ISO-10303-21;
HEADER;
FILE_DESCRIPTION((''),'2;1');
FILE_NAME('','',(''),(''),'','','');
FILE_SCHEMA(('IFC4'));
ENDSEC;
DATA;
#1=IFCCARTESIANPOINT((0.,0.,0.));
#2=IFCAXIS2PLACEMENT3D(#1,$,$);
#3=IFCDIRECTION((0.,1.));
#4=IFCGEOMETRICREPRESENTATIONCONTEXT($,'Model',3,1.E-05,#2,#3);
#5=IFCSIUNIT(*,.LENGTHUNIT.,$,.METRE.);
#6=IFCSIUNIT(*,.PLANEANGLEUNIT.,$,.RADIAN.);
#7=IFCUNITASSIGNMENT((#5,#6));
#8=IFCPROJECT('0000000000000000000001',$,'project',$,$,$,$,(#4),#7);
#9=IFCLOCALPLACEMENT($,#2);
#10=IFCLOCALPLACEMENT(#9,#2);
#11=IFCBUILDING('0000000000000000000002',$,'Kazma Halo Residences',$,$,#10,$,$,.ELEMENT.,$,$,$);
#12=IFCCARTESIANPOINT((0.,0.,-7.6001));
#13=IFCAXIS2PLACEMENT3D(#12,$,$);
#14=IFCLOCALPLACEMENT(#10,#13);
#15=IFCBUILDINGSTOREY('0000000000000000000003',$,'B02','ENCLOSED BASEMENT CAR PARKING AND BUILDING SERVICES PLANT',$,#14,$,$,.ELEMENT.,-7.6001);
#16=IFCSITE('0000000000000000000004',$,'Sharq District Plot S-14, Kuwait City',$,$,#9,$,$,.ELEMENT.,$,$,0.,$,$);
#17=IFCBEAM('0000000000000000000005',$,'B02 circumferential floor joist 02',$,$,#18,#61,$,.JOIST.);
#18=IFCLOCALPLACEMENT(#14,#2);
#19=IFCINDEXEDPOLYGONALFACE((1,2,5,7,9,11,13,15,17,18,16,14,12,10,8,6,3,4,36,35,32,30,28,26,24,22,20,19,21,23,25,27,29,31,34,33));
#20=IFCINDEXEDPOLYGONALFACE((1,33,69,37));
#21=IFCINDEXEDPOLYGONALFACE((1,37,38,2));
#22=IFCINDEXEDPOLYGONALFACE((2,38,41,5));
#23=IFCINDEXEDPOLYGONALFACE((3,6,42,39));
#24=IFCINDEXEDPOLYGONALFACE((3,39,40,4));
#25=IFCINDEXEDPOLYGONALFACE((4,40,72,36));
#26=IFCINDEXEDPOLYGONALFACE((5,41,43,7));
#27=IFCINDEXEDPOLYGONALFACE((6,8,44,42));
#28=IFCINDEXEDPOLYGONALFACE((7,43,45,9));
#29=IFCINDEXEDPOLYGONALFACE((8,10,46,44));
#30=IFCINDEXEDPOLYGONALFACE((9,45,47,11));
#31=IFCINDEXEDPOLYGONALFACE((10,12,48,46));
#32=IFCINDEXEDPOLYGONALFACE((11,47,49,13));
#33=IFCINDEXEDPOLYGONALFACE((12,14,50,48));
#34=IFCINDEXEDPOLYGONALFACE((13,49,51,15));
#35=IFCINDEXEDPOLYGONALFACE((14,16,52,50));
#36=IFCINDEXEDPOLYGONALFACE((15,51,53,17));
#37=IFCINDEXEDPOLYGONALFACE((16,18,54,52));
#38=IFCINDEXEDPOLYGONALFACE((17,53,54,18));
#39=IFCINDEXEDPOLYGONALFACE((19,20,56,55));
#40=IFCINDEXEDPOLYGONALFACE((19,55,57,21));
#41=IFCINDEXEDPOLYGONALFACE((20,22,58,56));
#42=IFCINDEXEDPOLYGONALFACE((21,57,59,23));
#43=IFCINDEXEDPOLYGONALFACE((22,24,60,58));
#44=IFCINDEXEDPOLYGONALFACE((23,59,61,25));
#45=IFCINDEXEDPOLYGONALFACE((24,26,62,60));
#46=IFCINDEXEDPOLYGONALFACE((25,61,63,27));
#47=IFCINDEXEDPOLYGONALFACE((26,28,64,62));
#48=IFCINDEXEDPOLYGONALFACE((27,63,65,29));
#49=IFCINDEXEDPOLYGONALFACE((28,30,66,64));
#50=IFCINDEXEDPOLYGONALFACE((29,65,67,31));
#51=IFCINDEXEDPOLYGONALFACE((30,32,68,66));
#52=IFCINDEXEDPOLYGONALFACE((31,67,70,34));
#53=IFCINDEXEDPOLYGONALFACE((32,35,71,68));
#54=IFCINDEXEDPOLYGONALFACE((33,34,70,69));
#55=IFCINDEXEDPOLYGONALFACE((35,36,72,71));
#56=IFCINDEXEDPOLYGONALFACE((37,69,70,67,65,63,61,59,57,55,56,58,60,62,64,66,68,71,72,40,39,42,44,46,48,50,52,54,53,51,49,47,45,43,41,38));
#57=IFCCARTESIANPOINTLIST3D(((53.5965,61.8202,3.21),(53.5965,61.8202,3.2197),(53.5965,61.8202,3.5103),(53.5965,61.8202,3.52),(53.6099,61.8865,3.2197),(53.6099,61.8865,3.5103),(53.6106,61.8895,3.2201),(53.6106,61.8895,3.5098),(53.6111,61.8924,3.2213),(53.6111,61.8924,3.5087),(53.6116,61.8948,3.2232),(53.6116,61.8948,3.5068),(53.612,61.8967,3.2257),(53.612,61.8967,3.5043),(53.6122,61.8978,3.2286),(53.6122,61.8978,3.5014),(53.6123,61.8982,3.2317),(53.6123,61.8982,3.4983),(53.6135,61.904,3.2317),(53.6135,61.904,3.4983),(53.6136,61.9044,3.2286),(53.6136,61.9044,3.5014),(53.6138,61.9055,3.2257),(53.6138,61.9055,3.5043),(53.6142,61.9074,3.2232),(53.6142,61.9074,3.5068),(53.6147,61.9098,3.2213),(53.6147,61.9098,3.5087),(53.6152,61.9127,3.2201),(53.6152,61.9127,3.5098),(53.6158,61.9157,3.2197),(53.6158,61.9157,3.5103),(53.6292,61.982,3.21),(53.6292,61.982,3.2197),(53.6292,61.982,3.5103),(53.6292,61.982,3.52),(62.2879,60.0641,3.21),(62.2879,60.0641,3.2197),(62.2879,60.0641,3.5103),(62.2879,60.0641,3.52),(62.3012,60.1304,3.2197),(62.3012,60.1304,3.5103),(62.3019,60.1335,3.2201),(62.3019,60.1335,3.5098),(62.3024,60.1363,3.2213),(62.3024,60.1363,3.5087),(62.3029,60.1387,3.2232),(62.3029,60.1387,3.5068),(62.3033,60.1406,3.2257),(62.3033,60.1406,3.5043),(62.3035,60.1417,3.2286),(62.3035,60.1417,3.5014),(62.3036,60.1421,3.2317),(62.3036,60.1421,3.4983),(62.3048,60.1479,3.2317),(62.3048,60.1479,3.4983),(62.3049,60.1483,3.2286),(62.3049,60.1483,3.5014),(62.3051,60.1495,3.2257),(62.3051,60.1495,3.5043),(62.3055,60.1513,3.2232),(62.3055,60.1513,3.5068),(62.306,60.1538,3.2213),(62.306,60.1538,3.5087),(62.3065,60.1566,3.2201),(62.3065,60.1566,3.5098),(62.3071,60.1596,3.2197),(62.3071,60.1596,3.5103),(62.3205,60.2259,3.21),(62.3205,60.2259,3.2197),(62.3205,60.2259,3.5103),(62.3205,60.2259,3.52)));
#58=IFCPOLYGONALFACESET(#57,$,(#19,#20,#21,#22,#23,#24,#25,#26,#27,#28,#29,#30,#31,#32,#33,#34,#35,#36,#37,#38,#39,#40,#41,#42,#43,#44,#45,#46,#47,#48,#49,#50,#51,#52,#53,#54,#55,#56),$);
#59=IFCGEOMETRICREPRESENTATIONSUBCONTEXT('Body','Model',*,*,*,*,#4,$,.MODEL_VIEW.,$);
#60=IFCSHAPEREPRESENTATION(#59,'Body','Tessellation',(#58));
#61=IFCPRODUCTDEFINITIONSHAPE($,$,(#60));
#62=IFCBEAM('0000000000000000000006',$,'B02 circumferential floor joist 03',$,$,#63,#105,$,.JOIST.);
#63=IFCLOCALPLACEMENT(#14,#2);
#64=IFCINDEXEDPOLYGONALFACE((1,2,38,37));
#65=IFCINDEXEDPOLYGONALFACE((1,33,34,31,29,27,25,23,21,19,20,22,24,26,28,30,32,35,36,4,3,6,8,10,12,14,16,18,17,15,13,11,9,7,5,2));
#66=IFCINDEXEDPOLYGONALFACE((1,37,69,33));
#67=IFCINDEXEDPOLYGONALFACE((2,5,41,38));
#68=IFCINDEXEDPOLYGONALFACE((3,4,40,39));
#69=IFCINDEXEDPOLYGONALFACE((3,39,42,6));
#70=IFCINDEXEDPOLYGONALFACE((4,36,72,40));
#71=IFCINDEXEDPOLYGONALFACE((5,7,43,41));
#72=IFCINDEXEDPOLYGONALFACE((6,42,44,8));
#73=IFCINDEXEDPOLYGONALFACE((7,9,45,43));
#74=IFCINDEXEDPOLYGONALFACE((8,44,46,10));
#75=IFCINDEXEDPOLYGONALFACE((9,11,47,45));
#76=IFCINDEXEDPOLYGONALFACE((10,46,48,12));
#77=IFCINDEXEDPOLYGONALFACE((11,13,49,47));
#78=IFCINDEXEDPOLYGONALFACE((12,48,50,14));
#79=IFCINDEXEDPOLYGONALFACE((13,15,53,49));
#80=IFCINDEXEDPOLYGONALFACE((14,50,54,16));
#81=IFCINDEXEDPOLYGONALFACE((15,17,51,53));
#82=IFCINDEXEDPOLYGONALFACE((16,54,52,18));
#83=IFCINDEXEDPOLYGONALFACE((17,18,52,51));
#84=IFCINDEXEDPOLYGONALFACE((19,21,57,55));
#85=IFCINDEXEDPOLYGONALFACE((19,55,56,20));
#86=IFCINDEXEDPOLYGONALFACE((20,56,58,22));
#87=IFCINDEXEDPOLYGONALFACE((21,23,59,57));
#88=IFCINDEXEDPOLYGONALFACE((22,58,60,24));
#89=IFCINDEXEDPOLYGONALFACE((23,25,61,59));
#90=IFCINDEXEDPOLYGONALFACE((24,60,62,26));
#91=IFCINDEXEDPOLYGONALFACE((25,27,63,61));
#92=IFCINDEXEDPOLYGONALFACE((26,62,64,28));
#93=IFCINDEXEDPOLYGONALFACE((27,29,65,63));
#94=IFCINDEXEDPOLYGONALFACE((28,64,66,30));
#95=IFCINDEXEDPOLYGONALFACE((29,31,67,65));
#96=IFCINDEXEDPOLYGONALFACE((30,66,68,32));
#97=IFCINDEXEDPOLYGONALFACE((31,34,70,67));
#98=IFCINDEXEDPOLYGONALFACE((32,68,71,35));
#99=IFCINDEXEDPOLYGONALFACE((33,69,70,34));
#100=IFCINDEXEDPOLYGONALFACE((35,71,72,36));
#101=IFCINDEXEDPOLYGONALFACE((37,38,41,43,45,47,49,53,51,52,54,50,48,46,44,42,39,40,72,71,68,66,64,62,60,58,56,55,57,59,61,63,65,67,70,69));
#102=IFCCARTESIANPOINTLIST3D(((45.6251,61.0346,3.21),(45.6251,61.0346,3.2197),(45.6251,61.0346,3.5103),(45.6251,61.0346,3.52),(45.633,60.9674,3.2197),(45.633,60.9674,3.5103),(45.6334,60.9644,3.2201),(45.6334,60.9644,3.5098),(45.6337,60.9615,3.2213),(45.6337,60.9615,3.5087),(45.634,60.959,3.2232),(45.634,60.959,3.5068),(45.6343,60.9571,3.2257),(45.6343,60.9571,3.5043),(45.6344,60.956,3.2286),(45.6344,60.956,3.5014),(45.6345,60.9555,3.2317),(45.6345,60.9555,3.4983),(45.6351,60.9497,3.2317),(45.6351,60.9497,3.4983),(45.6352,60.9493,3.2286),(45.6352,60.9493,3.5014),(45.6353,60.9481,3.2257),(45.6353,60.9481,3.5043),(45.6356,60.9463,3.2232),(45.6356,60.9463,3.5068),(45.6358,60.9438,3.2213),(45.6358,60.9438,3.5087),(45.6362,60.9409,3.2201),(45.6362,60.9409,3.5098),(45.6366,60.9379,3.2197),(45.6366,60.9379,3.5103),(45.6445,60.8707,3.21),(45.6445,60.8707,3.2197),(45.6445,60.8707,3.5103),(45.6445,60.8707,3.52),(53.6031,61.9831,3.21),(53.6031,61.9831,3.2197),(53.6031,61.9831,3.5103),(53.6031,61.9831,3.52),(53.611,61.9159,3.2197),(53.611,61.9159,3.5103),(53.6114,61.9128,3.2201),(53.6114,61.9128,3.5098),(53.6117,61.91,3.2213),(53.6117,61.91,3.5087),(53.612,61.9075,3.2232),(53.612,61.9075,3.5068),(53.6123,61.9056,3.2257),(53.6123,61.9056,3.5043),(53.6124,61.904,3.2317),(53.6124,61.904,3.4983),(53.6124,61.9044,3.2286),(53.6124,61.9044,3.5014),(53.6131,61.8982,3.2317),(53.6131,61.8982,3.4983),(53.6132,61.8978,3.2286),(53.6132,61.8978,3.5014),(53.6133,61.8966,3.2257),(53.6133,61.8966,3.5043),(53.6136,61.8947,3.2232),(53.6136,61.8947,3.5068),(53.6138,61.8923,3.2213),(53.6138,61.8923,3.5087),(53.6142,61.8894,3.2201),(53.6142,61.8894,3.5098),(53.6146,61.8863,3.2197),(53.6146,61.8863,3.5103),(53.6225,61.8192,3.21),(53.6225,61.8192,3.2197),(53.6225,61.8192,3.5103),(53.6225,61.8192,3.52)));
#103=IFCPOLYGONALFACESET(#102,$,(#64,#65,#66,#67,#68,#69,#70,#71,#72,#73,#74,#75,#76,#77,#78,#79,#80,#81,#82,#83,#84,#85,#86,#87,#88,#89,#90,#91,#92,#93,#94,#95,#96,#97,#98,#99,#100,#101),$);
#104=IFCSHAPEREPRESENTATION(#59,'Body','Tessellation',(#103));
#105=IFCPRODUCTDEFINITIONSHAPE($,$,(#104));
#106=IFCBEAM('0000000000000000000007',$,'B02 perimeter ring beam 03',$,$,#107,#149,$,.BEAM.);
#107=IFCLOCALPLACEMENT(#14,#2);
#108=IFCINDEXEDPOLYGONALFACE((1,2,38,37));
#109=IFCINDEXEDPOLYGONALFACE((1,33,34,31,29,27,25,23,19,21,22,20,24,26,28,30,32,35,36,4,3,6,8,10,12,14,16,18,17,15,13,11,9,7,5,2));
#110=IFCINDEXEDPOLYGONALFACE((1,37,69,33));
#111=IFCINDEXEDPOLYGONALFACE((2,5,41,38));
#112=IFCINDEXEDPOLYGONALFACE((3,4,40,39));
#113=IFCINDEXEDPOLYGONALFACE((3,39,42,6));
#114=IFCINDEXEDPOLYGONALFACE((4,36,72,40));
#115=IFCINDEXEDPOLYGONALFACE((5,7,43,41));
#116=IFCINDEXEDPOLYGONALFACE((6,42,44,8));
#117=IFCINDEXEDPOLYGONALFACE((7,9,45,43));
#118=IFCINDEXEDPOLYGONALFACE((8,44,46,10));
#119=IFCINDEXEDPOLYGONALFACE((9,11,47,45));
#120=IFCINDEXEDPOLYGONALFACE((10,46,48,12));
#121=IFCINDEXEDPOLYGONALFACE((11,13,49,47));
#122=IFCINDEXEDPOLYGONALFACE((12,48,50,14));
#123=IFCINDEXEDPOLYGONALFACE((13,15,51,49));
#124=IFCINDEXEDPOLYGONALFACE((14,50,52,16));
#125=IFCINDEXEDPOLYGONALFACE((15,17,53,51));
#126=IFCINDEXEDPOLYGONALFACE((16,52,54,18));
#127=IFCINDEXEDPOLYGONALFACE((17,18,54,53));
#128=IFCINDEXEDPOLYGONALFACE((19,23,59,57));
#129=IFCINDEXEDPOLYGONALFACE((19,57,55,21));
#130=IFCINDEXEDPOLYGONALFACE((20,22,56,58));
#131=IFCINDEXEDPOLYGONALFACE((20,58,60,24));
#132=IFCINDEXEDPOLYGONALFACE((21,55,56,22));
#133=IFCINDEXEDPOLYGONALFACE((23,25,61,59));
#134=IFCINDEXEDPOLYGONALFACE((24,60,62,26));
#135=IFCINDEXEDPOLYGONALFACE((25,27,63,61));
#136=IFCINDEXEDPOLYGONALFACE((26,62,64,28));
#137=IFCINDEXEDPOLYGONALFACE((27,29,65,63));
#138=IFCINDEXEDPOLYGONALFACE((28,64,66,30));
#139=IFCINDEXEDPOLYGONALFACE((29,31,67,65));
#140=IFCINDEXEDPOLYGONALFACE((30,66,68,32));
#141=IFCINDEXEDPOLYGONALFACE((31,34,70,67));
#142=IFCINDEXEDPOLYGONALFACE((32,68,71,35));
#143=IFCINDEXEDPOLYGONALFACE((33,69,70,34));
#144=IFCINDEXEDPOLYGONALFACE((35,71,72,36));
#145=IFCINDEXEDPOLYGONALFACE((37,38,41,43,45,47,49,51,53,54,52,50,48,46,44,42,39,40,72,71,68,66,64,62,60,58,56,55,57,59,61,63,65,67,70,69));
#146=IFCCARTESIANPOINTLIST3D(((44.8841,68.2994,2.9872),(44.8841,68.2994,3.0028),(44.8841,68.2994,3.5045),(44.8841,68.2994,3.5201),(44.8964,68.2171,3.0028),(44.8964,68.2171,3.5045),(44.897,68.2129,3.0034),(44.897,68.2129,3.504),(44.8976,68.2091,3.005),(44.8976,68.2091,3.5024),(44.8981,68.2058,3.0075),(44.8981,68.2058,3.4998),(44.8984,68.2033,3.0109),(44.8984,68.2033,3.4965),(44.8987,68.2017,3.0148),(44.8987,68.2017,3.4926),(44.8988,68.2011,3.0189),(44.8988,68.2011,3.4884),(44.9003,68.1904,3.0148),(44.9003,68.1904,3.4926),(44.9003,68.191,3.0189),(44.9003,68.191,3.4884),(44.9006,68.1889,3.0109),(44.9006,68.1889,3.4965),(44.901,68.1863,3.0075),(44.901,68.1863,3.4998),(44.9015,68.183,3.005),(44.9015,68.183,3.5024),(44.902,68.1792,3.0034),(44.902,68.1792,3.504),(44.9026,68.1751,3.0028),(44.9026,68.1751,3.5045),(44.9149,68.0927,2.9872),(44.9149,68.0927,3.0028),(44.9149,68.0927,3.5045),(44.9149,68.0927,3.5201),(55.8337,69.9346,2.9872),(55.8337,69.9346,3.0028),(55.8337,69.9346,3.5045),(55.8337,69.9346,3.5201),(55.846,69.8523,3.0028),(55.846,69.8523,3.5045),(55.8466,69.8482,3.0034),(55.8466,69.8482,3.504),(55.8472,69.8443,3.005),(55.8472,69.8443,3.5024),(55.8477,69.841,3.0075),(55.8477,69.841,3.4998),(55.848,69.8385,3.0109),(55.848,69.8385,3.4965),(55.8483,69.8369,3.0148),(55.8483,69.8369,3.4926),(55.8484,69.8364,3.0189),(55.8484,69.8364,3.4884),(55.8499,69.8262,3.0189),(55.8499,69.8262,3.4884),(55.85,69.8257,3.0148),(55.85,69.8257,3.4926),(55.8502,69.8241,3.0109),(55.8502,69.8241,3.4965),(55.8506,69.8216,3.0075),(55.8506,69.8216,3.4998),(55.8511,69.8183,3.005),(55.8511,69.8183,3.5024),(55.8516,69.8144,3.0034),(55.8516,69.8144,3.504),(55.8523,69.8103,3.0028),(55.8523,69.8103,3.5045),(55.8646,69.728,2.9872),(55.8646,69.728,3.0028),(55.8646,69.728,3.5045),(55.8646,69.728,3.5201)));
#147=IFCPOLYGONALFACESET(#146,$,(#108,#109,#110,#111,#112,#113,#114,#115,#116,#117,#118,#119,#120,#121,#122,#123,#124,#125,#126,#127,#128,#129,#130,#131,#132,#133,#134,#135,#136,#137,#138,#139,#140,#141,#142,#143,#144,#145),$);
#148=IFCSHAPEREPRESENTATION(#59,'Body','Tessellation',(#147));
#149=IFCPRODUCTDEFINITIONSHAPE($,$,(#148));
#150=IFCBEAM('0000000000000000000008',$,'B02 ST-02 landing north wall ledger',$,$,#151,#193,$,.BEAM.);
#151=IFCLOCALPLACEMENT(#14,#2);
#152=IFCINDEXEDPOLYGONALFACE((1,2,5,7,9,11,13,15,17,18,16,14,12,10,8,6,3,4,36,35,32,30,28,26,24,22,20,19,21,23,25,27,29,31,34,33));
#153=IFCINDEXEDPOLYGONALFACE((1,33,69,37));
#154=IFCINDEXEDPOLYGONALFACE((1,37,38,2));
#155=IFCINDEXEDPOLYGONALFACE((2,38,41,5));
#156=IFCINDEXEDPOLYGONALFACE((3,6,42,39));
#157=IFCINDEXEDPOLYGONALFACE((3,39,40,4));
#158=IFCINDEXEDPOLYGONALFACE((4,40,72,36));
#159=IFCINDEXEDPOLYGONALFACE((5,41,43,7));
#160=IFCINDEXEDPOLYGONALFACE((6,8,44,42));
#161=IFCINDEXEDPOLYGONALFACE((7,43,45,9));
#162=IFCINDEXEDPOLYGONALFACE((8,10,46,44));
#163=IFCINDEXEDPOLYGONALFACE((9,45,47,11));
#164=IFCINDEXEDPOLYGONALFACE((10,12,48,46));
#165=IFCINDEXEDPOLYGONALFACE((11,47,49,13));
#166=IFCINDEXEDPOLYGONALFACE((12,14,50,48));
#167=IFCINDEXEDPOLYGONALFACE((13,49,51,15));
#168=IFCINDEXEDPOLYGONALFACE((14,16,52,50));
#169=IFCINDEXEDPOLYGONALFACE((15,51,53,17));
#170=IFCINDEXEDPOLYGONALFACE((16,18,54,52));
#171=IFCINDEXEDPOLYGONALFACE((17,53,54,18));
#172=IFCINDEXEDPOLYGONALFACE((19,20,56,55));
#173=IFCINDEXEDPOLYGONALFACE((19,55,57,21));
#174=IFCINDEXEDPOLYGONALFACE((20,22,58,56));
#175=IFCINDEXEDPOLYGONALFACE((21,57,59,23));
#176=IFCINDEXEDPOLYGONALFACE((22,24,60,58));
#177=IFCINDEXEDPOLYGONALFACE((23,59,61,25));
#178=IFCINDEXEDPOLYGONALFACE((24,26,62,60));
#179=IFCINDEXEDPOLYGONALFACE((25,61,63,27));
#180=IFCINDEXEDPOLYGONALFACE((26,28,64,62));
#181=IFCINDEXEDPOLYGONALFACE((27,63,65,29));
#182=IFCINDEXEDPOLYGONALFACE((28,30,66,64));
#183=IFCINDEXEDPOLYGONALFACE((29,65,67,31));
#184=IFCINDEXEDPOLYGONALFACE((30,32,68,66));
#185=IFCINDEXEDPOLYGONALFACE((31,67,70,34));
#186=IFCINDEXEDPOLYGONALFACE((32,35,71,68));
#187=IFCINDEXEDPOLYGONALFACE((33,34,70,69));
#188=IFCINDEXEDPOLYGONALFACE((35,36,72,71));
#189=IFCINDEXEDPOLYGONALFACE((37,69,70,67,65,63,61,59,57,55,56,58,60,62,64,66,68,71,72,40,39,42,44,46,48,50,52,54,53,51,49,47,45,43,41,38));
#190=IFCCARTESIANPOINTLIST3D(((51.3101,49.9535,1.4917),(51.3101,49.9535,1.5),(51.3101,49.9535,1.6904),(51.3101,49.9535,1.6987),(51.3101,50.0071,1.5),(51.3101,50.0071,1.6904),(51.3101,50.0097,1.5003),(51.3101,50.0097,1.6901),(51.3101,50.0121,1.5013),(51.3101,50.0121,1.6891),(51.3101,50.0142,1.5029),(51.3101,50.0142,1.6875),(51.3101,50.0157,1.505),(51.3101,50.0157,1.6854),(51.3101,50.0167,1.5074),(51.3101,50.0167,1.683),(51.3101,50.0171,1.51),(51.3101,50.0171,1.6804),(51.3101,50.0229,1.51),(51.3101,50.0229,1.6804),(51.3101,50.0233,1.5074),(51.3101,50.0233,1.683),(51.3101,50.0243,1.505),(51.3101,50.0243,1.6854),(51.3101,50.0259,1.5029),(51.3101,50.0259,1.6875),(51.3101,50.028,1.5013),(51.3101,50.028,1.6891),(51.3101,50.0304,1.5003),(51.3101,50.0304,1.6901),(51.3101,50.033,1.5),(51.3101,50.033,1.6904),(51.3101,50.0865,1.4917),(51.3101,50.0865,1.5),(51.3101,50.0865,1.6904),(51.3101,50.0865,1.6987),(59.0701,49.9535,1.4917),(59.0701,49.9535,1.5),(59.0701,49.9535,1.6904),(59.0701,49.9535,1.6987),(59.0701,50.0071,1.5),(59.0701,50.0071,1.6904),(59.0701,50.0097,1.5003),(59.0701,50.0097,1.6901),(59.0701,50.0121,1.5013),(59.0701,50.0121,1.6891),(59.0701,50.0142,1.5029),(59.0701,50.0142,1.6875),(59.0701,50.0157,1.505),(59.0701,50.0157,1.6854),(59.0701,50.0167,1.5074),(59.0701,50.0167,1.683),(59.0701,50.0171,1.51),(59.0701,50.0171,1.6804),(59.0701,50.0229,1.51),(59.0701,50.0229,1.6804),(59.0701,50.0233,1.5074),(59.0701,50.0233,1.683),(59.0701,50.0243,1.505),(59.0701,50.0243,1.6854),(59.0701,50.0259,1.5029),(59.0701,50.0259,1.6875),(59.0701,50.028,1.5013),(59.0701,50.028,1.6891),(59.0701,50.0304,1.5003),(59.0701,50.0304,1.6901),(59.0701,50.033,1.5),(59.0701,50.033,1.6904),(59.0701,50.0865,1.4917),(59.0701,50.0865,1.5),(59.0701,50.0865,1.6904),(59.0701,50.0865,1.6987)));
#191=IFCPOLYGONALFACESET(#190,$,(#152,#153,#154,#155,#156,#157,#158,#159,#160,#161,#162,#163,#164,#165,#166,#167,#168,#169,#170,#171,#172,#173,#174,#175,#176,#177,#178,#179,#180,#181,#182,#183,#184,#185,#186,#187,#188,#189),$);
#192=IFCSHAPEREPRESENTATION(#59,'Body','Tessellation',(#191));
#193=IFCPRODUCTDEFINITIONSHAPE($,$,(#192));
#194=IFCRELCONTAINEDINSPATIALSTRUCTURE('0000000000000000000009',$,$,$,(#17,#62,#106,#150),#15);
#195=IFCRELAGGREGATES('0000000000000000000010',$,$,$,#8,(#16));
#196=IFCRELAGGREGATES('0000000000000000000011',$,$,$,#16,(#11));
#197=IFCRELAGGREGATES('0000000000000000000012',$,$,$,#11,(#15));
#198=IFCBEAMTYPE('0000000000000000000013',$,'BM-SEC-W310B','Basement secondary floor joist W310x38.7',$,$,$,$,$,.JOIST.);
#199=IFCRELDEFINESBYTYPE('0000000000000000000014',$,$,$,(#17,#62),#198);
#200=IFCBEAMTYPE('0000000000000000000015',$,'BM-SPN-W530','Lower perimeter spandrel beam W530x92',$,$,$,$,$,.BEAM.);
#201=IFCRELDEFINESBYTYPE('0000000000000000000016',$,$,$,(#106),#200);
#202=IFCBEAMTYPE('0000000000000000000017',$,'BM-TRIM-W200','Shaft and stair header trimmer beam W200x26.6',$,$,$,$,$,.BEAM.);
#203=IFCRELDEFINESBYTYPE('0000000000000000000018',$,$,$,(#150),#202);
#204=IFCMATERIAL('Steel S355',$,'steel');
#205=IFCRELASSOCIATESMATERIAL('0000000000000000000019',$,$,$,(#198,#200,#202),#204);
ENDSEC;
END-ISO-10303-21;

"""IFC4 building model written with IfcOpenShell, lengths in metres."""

from ifc_helpers import new_model, si_unit, direction, frame, origin, origin_2d, place, context, subcontext, project, spatial, i_section, extrude, material, material_profile, profile_set, type_object, element, save


model = new_model("IFC4")

# Units and contexts
model_context = context("Model", 3, precision=1e-05, world=origin(), true_north=direction((0.0, 1.0)))
body_context = subcontext(model_context, "Body", "Model", "MODEL_VIEW")
ifc_project = project(units=[si_unit("LENGTHUNIT", "METRE"), si_unit("PLANEANGLEUNIT", "RADIAN")], contexts=[model_context])

# Site, building, storey
site_placement = place(None, origin())
site = spatial("IfcSite", under=ifc_project, at=site_placement, Name="Sharq District Plot S-14, Kuwait City", CompositionType="ELEMENT", RefElevation=0.0)
building_placement = place(site_placement, origin())
building = spatial("IfcBuilding", under=site, at=building_placement, Name="Kazma Halo Residences", CompositionType="ELEMENT")
storey_placement = place(building_placement, frame((0.0, 0.0, -7.6001)))
storey = spatial("IfcBuildingStorey", under=building, at=storey_placement, Name="B02", Description="ENCLOSED BASEMENT CAR PARKING AND BUILDING SERVICES PLANT", CompositionType="ELEMENT", Elevation=-7.6001)

# Beams
ifc_material_1 = material(Name="Steel S355", Category="steel")
ifc_material_profile_1 = material_profile(ifc_material_1, i_section(OverallWidth=0.165, OverallDepth=0.3101, WebThickness=0.0059, FlangeThickness=0.0098, FilletRadius=0.012, at=origin_2d()), Name="W310x38.7")
ifc_profile_set_1 = profile_set([ifc_material_profile_1], Name="Steel S355")
beam_type_1 = type_object("IfcBeamType", Name="BM-SEC-W310B", Description="Basement secondary floor joist W310x38.7", PredefinedType="JOIST", material=ifc_profile_set_1)
beam_1_placement = place(storey_placement, frame((62.3042, 60.145, 3.365), z_axis=(-0.980192, 0.198048, 0.0), x_axis=(-0.198048, -0.980192, 0.0)))
element("IfcBeam", 1, at=beam_1_placement, inside=storey, type_object=beam_type_1, Name="B02 circumferential floor joist 02", PredefinedType="JOIST", context=body_context, shape_type="SweptSolid", body=[
    extrude(i_section(OverallWidth=0.165, OverallDepth=0.3101, WebThickness=0.0059, FlangeThickness=0.0098, FilletRadius=0.012, at=origin_2d()), origin(), (0.0, 0.0, 1.0), 8.8669),
])
beam_2_placement = place(storey_placement, frame((53.6128, 61.9011, 3.365), z_axis=(-0.993007, -0.118056, 0.0), x_axis=(0.118056, -0.993007, 0.0)))
element("IfcBeam", 2, at=beam_2_placement, inside=storey, type_object=beam_type_1, Name="B02 circumferential floor joist 03", PredefinedType="JOIST", context=body_context, shape_type="SweptSolid", body=[
    extrude(i_section(OverallWidth=0.165, OverallDepth=0.3101, WebThickness=0.0059, FlangeThickness=0.0098, FilletRadius=0.012, at=origin_2d()), origin(), (0.0, 0.0, 1.0), 8.0342),
])
ifc_material_profile_2 = material_profile(ifc_material_1, i_section(OverallWidth=0.209, OverallDepth=0.533, WebThickness=0.0103, FlangeThickness=0.0156, FilletRadius=0.0161, at=origin_2d()), Name="W530x92")
ifc_profile_set_2 = profile_set([ifc_material_profile_2], Name="Steel S355")
beam_type_2 = type_object("IfcBeamType", Name="BM-SPN-W530", Description="Lower perimeter spandrel beam W530x92", PredefinedType="BEAM", material=ifc_profile_set_2)
beam_3_placement = place(storey_placement, frame((55.8491, 69.8313, 3.2537), z_axis=(-0.989032, -0.147704, 0.0), x_axis=(0.147704, -0.989032, 0.0)))
element("IfcBeam", 3, at=beam_3_placement, inside=storey, type_object=beam_type_2, Name="B02 perimeter ring beam 03", PredefinedType="BEAM", context=body_context, shape_type="SweptSolid", body=[
    extrude(i_section(OverallWidth=0.209, OverallDepth=0.533, WebThickness=0.0103, FlangeThickness=0.0156, FilletRadius=0.0161, at=origin_2d()), origin(), (0.0, 0.0, 1.0), 11.071),
])
ifc_material_profile_3 = material_profile(ifc_material_1, i_section(OverallWidth=0.1331, OverallDepth=0.207, WebThickness=0.0059, FlangeThickness=0.0083, FilletRadius=0.01, at=origin_2d()), Name="W200x26.6")
ifc_profile_set_3 = profile_set([ifc_material_profile_3], Name="Steel S355")
beam_type_3 = type_object("IfcBeamType", Name="BM-TRIM-W200", Description="Shaft and stair header trimmer beam W200x26.6", PredefinedType="BEAM", material=ifc_profile_set_3)
beam_4_placement = place(storey_placement, frame((51.3101, 50.02, 1.5952), z_axis=(1.0, 0.0, 0.0), x_axis=(0.0, 1.0, 0.0)))
element("IfcBeam", 4, at=beam_4_placement, inside=storey, type_object=beam_type_3, Name="B02 ST-02 landing north wall ledger", PredefinedType="BEAM", context=body_context, shape_type="SweptSolid", body=[
    extrude(i_section(OverallWidth=0.1331, OverallDepth=0.207, WebThickness=0.0059, FlangeThickness=0.0083, FilletRadius=0.01, at=origin_2d()), origin(), (0.0, 0.0, 1.0), 7.76),
])

save(model, "model.ifc")
